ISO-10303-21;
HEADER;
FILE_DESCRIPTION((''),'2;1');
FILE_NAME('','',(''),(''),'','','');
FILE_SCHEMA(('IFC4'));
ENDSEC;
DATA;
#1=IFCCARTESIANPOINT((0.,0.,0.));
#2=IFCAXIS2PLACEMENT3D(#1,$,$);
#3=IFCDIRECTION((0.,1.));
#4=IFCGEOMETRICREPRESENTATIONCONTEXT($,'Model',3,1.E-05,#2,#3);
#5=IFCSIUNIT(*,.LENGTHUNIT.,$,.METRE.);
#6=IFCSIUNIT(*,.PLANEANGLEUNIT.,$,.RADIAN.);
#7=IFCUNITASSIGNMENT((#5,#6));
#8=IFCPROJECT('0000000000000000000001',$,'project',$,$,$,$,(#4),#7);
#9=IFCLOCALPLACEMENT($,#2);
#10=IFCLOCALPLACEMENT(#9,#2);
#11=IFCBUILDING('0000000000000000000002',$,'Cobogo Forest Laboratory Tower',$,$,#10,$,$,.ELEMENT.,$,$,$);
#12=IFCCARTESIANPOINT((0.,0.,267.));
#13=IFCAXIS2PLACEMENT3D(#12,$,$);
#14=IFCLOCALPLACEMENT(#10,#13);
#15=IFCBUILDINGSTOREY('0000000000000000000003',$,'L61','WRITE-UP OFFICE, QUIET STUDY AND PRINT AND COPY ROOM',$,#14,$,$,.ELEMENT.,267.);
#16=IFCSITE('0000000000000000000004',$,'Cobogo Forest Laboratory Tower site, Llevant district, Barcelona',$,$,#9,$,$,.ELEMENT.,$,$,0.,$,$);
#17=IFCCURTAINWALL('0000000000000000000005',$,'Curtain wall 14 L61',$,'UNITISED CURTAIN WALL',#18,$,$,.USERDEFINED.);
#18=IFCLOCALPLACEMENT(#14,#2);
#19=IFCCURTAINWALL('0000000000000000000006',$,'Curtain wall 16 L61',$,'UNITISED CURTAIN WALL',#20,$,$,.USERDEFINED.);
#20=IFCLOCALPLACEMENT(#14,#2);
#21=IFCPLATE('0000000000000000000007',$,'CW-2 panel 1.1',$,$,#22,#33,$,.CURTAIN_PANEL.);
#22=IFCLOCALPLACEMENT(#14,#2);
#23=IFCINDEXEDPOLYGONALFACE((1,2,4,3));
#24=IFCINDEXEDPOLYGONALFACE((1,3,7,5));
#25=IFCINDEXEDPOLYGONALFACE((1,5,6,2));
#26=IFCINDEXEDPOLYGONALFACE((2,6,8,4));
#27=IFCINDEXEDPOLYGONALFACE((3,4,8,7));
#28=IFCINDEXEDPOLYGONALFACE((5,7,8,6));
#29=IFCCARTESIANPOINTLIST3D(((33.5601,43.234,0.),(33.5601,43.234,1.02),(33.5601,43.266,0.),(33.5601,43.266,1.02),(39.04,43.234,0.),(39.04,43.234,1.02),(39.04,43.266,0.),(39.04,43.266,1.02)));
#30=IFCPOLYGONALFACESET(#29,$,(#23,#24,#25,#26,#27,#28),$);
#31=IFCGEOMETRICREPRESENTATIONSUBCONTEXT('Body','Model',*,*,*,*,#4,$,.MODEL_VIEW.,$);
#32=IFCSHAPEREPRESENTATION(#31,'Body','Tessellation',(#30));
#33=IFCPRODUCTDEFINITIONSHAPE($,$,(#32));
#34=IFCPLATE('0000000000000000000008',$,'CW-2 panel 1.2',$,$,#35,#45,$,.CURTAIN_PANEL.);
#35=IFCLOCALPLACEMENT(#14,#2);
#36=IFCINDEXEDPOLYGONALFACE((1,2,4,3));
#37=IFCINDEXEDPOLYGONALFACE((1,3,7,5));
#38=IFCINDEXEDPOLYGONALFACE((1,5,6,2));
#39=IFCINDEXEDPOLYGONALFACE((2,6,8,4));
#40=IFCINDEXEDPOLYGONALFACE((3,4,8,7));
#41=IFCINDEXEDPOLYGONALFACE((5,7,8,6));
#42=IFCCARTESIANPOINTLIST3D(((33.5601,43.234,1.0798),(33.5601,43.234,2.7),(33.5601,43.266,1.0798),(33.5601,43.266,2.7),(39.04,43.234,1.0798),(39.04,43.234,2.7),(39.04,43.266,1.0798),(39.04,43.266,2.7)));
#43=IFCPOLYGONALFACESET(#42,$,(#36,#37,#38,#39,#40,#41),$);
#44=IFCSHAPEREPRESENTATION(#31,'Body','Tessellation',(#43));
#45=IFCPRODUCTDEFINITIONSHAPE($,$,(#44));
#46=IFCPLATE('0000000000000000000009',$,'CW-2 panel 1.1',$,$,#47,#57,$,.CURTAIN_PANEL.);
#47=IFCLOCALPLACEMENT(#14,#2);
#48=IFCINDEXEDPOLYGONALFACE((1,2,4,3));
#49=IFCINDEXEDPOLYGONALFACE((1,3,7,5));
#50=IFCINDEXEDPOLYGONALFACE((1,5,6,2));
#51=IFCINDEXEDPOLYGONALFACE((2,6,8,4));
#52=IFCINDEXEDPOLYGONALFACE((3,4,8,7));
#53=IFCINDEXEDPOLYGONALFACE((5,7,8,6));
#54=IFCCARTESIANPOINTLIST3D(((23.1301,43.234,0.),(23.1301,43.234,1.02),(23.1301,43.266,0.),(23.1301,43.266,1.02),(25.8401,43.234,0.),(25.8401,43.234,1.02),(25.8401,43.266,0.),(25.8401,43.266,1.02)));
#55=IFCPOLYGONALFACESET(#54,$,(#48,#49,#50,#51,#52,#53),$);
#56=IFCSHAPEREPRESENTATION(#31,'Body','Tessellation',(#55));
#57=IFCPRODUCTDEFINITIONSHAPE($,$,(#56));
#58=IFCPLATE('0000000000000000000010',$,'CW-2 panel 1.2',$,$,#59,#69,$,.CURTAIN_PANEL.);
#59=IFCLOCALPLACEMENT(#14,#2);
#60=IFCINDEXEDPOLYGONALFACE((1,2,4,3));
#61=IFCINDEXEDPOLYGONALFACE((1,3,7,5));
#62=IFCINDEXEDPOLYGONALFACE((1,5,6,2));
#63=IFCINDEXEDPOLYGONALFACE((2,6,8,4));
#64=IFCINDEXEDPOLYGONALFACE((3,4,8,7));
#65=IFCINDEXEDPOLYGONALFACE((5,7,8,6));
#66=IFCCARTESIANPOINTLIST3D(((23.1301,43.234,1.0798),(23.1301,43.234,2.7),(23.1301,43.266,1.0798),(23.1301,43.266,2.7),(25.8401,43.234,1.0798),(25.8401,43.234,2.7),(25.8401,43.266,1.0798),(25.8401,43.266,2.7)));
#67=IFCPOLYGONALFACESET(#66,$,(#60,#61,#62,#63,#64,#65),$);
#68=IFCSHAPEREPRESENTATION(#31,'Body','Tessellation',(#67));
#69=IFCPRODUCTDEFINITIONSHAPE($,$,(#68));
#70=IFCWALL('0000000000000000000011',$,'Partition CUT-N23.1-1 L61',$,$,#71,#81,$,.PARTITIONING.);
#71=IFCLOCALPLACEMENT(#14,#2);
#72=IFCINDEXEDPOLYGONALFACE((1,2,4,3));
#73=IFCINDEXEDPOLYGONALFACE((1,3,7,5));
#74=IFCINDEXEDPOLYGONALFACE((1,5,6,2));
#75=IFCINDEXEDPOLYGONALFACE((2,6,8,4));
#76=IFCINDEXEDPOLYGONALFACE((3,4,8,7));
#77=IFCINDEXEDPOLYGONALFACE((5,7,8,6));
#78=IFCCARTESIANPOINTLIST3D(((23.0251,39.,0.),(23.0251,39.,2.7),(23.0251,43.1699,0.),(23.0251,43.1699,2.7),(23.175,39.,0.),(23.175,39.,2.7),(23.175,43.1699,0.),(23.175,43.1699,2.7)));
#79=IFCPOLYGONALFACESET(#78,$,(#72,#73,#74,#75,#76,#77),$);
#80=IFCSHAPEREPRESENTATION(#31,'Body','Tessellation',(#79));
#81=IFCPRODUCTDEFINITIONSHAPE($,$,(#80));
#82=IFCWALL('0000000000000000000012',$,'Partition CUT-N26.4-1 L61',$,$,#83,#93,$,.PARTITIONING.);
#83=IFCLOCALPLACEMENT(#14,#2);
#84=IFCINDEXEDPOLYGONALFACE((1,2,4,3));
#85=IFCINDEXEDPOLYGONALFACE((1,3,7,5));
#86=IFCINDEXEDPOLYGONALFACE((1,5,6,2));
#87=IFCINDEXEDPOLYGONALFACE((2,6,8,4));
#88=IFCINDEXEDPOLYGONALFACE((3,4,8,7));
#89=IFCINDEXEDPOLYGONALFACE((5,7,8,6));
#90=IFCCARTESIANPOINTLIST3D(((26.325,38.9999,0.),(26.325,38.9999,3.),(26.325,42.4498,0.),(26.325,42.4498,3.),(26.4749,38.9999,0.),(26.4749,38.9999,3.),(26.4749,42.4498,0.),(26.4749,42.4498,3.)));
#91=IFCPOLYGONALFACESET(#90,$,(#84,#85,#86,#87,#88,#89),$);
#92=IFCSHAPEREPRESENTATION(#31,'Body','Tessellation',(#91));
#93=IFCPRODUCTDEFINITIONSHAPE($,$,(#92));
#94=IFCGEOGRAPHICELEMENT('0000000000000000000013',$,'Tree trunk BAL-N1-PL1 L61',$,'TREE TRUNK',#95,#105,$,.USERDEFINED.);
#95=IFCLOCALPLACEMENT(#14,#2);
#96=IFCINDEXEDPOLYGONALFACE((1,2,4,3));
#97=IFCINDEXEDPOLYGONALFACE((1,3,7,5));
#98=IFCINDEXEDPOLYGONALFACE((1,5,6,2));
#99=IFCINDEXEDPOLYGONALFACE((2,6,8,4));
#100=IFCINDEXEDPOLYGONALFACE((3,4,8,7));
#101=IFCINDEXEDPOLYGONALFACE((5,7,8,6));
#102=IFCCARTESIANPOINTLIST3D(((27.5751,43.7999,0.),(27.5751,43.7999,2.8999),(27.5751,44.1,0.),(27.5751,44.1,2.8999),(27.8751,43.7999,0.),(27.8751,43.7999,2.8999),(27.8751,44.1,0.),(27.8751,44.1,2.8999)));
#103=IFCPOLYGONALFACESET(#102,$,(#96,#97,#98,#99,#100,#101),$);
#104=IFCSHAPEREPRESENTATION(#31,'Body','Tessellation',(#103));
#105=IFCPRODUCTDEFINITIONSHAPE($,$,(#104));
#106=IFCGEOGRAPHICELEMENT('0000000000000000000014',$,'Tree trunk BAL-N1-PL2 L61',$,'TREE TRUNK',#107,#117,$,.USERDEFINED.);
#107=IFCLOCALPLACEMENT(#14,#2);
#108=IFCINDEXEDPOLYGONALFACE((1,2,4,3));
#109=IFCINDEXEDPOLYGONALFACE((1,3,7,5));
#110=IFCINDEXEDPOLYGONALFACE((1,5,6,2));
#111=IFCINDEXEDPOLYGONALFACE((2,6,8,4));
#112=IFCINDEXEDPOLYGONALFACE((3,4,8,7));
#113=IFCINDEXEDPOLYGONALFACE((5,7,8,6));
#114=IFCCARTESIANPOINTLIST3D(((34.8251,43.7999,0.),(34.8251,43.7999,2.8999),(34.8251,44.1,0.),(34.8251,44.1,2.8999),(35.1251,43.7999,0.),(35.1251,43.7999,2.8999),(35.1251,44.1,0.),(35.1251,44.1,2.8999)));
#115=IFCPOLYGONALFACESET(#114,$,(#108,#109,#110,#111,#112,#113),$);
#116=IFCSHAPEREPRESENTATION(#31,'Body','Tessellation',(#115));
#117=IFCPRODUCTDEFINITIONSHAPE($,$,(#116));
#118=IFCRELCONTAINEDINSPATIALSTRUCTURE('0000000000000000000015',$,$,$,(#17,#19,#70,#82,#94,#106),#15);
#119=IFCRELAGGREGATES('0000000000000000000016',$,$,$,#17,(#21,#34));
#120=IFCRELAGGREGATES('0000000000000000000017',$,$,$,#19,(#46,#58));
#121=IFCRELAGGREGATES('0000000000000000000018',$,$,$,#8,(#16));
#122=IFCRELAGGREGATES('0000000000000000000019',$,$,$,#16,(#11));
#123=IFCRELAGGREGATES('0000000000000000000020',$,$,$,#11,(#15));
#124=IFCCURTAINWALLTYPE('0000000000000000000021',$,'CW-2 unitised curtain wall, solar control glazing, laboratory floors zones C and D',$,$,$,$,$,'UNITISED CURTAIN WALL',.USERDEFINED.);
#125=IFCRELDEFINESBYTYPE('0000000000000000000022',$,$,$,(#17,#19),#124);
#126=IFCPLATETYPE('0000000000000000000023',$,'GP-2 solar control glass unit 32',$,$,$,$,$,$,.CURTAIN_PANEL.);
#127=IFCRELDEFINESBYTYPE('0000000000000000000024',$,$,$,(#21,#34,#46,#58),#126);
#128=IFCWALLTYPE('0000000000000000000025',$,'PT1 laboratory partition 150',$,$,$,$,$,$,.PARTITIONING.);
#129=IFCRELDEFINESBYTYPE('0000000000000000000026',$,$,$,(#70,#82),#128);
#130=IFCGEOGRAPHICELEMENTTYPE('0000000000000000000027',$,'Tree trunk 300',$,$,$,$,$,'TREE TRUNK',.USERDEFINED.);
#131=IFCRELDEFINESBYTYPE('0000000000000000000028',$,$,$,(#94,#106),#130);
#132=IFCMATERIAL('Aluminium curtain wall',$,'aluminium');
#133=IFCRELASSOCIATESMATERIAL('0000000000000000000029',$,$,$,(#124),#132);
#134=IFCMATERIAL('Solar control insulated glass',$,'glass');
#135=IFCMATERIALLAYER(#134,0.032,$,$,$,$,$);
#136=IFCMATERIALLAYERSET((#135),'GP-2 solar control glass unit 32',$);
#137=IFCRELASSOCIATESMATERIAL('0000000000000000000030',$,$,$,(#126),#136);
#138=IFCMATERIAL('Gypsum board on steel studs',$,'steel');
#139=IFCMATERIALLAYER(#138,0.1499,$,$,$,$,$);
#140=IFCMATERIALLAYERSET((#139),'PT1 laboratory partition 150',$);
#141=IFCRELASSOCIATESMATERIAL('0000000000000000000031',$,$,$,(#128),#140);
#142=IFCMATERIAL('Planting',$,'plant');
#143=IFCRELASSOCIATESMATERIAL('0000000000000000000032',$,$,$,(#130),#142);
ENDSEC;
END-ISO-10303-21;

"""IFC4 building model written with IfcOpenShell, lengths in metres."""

from ifc_helpers import new_model, si_unit, direction, frame, frame_2d, origin, origin_2d, place, context, subcontext, project, spatial, rectangle, extrude, material, layer, layer_set, type_object, element, aggregate, save


model = new_model("IFC4")

# Units and contexts
model_context = context("Model", 3, precision=1e-05, world=origin(), true_north=direction((0.0, 1.0)))
body_context = subcontext(model_context, "Body", "Model", "MODEL_VIEW")
ifc_project = project(units=[si_unit("LENGTHUNIT", "METRE"), si_unit("PLANEANGLEUNIT", "RADIAN")], contexts=[model_context])

# Site, building, storey
site_placement = place(None, origin())
site = spatial("IfcSite", under=ifc_project, at=site_placement, Name="Cobogo Forest Laboratory Tower site, Llevant district, Barcelona", CompositionType="ELEMENT", RefElevation=0.0)
building_placement = place(site_placement, origin())
building = spatial("IfcBuilding", under=site, at=building_placement, Name="Cobogo Forest Laboratory Tower", CompositionType="ELEMENT")
storey_placement = place(building_placement, frame((0.0, 0.0, 267.0)))
storey = spatial("IfcBuildingStorey", under=building, at=storey_placement, Name="L61", Description="WRITE-UP OFFICE, QUIET STUDY AND PRINT AND COPY ROOM", CompositionType="ELEMENT", Elevation=267.0)

# Curtain walls
ifc_material_1 = material(Name="Aluminium curtain wall", Category="aluminium")
curtain_wall_type = type_object("IfcCurtainWallType", Name="CW-2 unitised curtain wall, solar control glazing, laboratory floors zones C and D", ElementType="UNITISED CURTAIN WALL", PredefinedType="USERDEFINED", material=ifc_material_1)
curtain_wall_1_placement = place(storey_placement, origin())
curtain_wall_1 = element("IfcCurtainWall", 1, at=curtain_wall_1_placement, inside=storey, type_object=curtain_wall_type, Name="Curtain wall 14 L61", ObjectType="UNITISED CURTAIN WALL", PredefinedType="USERDEFINED")
curtain_wall_2_placement = place(storey_placement, origin())
curtain_wall_2 = element("IfcCurtainWall", 2, at=curtain_wall_2_placement, inside=storey, type_object=curtain_wall_type, Name="Curtain wall 16 L61", ObjectType="UNITISED CURTAIN WALL", PredefinedType="USERDEFINED")

# Plates
ifc_material_2 = material(Name="Solar control insulated glass", Category="glass")
ifc_layer_1 = layer(ifc_material_2, 0.032)
ifc_layer_set_1 = layer_set([ifc_layer_1], Name="GP-2 solar control glass unit 32")
plate_type = type_object("IfcPlateType", Name="GP-2 solar control glass unit 32", PredefinedType="CURTAIN_PANEL", material=ifc_layer_set_1)
plate_1_placement = place(storey_placement, frame((36.3, 43.25, 0.0), z_axis=(0.0, 0.0, 1.0), x_axis=(-1.0, 0.0, 0.0)))
plate_1 = element("IfcPlate", 3, at=plate_1_placement, type_object=plate_type, Name="CW-2 panel 1.1", PredefinedType="CURTAIN_PANEL", context=body_context, shape_type="SweptSolid", body=[
    extrude(rectangle(XDim=5.48, YDim=0.032, at=origin_2d()), origin(), (0.0, 0.0, 1.0), 1.02),
])
plate_2_placement = place(storey_placement, frame((36.3, 43.25, 1.0798), z_axis=(0.0, 0.0, 1.0), x_axis=(-1.0, 0.0, 0.0)))
plate_2 = element("IfcPlate", 4, at=plate_2_placement, type_object=plate_type, Name="CW-2 panel 1.2", PredefinedType="CURTAIN_PANEL", context=body_context, shape_type="SweptSolid", body=[
    extrude(rectangle(XDim=5.48, YDim=0.032, at=origin_2d()), origin(), (0.0, 0.0, 1.0), 1.6201),
])
aggregate(curtain_wall_1, [plate_1, plate_2])
plate_3_placement = place(storey_placement, frame((24.4851, 43.25, 0.0), z_axis=(0.0, 0.0, 1.0), x_axis=(-1.0, 0.0, 0.0)))
plate_3 = element("IfcPlate", 5, at=plate_3_placement, type_object=plate_type, Name="CW-2 panel 1.1", PredefinedType="CURTAIN_PANEL", context=body_context, shape_type="SweptSolid", body=[
    extrude(rectangle(XDim=2.71, YDim=0.032, at=origin_2d()), origin(), (0.0, 0.0, 1.0), 1.02),
])
plate_4_placement = place(storey_placement, frame((24.4851, 43.25, 1.0798), z_axis=(0.0, 0.0, 1.0), x_axis=(-1.0, 0.0, 0.0)))
plate_4 = element("IfcPlate", 6, at=plate_4_placement, type_object=plate_type, Name="CW-2 panel 1.2", PredefinedType="CURTAIN_PANEL", context=body_context, shape_type="SweptSolid", body=[
    extrude(rectangle(XDim=2.71, YDim=0.032, at=origin_2d()), origin(), (0.0, 0.0, 1.0), 1.6201),
])
aggregate(curtain_wall_2, [plate_3, plate_4])

# Walls
ifc_material_3 = material(Name="Gypsum board on steel studs", Category="steel")
ifc_layer_2 = layer(ifc_material_3, 0.1499)
ifc_layer_set_2 = layer_set([ifc_layer_2], Name="PT1 laboratory partition 150")
wall_type_1 = type_object("IfcWallType", Name="PT1 laboratory partition 150", PredefinedType="PARTITIONING", material=ifc_layer_set_2)
wall_1_placement = place(storey_placement, frame((23.1001, 43.1699, 0.0), z_axis=(0.0, 0.0, 1.0), x_axis=(0.0, -1.0, 0.0)))
element("IfcWall", 7, at=wall_1_placement, inside=storey, type_object=wall_type_1, Name="Partition CUT-N23.1-1 L61", PredefinedType="PARTITIONING", context=body_context, shape_type="SweptSolid", body=[
    extrude(rectangle(XDim=4.1699, YDim=0.1499, at=frame_2d((2.085, 0.0))), origin(), (0.0, 0.0, 1.0), 2.7),
])
wall_2_placement = place(storey_placement, frame((26.3999, 42.45, 0.0), z_axis=(0.0, 0.0, 1.0), x_axis=(0.0, -1.0, 0.0)))
element("IfcWall", 8, at=wall_2_placement, inside=storey, type_object=wall_type_1, Name="Partition CUT-N26.4-1 L61", PredefinedType="PARTITIONING", context=body_context, shape_type="SweptSolid", body=[
    extrude(rectangle(XDim=3.45, YDim=0.1499, at=frame_2d((1.7251, 0.0))), origin(), (0.0, 0.0, 1.0), 3.0),
])

# Geographic elements
ifc_material_4 = material(Name="Planting", Category="plant")
geographic_element_type = type_object("IfcGeographicElementType", Name="Tree trunk 300", ElementType="TREE TRUNK", PredefinedType="USERDEFINED", material=ifc_material_4)
for number, where, z_axis, x_axis, name in (
    (9, (27.7251, 43.95, 0.0), (0.0, 0.0, 1.0), (1.0, 0.0, 0.0), "Tree trunk BAL-N1-PL1 L61"),
    (10, (34.9751, 43.95, 0.0), (0.0, 0.0, 1.0), (1.0, 0.0, 0.0), "Tree trunk BAL-N1-PL2 L61"),
):
    element("IfcGeographicElement", number, at=place(storey_placement, frame(where, z_axis=z_axis, x_axis=x_axis)), inside=storey, type_object=geographic_element_type, Name=name, ObjectType="TREE TRUNK", PredefinedType="USERDEFINED", context=body_context, shape_type="SweptSolid", body=[
        extrude(rectangle(XDim=0.3, YDim=0.3, at=origin_2d()), origin(), (0.0, 0.0, 1.0), 2.8999),
    ])

save(model, "model.ifc")
